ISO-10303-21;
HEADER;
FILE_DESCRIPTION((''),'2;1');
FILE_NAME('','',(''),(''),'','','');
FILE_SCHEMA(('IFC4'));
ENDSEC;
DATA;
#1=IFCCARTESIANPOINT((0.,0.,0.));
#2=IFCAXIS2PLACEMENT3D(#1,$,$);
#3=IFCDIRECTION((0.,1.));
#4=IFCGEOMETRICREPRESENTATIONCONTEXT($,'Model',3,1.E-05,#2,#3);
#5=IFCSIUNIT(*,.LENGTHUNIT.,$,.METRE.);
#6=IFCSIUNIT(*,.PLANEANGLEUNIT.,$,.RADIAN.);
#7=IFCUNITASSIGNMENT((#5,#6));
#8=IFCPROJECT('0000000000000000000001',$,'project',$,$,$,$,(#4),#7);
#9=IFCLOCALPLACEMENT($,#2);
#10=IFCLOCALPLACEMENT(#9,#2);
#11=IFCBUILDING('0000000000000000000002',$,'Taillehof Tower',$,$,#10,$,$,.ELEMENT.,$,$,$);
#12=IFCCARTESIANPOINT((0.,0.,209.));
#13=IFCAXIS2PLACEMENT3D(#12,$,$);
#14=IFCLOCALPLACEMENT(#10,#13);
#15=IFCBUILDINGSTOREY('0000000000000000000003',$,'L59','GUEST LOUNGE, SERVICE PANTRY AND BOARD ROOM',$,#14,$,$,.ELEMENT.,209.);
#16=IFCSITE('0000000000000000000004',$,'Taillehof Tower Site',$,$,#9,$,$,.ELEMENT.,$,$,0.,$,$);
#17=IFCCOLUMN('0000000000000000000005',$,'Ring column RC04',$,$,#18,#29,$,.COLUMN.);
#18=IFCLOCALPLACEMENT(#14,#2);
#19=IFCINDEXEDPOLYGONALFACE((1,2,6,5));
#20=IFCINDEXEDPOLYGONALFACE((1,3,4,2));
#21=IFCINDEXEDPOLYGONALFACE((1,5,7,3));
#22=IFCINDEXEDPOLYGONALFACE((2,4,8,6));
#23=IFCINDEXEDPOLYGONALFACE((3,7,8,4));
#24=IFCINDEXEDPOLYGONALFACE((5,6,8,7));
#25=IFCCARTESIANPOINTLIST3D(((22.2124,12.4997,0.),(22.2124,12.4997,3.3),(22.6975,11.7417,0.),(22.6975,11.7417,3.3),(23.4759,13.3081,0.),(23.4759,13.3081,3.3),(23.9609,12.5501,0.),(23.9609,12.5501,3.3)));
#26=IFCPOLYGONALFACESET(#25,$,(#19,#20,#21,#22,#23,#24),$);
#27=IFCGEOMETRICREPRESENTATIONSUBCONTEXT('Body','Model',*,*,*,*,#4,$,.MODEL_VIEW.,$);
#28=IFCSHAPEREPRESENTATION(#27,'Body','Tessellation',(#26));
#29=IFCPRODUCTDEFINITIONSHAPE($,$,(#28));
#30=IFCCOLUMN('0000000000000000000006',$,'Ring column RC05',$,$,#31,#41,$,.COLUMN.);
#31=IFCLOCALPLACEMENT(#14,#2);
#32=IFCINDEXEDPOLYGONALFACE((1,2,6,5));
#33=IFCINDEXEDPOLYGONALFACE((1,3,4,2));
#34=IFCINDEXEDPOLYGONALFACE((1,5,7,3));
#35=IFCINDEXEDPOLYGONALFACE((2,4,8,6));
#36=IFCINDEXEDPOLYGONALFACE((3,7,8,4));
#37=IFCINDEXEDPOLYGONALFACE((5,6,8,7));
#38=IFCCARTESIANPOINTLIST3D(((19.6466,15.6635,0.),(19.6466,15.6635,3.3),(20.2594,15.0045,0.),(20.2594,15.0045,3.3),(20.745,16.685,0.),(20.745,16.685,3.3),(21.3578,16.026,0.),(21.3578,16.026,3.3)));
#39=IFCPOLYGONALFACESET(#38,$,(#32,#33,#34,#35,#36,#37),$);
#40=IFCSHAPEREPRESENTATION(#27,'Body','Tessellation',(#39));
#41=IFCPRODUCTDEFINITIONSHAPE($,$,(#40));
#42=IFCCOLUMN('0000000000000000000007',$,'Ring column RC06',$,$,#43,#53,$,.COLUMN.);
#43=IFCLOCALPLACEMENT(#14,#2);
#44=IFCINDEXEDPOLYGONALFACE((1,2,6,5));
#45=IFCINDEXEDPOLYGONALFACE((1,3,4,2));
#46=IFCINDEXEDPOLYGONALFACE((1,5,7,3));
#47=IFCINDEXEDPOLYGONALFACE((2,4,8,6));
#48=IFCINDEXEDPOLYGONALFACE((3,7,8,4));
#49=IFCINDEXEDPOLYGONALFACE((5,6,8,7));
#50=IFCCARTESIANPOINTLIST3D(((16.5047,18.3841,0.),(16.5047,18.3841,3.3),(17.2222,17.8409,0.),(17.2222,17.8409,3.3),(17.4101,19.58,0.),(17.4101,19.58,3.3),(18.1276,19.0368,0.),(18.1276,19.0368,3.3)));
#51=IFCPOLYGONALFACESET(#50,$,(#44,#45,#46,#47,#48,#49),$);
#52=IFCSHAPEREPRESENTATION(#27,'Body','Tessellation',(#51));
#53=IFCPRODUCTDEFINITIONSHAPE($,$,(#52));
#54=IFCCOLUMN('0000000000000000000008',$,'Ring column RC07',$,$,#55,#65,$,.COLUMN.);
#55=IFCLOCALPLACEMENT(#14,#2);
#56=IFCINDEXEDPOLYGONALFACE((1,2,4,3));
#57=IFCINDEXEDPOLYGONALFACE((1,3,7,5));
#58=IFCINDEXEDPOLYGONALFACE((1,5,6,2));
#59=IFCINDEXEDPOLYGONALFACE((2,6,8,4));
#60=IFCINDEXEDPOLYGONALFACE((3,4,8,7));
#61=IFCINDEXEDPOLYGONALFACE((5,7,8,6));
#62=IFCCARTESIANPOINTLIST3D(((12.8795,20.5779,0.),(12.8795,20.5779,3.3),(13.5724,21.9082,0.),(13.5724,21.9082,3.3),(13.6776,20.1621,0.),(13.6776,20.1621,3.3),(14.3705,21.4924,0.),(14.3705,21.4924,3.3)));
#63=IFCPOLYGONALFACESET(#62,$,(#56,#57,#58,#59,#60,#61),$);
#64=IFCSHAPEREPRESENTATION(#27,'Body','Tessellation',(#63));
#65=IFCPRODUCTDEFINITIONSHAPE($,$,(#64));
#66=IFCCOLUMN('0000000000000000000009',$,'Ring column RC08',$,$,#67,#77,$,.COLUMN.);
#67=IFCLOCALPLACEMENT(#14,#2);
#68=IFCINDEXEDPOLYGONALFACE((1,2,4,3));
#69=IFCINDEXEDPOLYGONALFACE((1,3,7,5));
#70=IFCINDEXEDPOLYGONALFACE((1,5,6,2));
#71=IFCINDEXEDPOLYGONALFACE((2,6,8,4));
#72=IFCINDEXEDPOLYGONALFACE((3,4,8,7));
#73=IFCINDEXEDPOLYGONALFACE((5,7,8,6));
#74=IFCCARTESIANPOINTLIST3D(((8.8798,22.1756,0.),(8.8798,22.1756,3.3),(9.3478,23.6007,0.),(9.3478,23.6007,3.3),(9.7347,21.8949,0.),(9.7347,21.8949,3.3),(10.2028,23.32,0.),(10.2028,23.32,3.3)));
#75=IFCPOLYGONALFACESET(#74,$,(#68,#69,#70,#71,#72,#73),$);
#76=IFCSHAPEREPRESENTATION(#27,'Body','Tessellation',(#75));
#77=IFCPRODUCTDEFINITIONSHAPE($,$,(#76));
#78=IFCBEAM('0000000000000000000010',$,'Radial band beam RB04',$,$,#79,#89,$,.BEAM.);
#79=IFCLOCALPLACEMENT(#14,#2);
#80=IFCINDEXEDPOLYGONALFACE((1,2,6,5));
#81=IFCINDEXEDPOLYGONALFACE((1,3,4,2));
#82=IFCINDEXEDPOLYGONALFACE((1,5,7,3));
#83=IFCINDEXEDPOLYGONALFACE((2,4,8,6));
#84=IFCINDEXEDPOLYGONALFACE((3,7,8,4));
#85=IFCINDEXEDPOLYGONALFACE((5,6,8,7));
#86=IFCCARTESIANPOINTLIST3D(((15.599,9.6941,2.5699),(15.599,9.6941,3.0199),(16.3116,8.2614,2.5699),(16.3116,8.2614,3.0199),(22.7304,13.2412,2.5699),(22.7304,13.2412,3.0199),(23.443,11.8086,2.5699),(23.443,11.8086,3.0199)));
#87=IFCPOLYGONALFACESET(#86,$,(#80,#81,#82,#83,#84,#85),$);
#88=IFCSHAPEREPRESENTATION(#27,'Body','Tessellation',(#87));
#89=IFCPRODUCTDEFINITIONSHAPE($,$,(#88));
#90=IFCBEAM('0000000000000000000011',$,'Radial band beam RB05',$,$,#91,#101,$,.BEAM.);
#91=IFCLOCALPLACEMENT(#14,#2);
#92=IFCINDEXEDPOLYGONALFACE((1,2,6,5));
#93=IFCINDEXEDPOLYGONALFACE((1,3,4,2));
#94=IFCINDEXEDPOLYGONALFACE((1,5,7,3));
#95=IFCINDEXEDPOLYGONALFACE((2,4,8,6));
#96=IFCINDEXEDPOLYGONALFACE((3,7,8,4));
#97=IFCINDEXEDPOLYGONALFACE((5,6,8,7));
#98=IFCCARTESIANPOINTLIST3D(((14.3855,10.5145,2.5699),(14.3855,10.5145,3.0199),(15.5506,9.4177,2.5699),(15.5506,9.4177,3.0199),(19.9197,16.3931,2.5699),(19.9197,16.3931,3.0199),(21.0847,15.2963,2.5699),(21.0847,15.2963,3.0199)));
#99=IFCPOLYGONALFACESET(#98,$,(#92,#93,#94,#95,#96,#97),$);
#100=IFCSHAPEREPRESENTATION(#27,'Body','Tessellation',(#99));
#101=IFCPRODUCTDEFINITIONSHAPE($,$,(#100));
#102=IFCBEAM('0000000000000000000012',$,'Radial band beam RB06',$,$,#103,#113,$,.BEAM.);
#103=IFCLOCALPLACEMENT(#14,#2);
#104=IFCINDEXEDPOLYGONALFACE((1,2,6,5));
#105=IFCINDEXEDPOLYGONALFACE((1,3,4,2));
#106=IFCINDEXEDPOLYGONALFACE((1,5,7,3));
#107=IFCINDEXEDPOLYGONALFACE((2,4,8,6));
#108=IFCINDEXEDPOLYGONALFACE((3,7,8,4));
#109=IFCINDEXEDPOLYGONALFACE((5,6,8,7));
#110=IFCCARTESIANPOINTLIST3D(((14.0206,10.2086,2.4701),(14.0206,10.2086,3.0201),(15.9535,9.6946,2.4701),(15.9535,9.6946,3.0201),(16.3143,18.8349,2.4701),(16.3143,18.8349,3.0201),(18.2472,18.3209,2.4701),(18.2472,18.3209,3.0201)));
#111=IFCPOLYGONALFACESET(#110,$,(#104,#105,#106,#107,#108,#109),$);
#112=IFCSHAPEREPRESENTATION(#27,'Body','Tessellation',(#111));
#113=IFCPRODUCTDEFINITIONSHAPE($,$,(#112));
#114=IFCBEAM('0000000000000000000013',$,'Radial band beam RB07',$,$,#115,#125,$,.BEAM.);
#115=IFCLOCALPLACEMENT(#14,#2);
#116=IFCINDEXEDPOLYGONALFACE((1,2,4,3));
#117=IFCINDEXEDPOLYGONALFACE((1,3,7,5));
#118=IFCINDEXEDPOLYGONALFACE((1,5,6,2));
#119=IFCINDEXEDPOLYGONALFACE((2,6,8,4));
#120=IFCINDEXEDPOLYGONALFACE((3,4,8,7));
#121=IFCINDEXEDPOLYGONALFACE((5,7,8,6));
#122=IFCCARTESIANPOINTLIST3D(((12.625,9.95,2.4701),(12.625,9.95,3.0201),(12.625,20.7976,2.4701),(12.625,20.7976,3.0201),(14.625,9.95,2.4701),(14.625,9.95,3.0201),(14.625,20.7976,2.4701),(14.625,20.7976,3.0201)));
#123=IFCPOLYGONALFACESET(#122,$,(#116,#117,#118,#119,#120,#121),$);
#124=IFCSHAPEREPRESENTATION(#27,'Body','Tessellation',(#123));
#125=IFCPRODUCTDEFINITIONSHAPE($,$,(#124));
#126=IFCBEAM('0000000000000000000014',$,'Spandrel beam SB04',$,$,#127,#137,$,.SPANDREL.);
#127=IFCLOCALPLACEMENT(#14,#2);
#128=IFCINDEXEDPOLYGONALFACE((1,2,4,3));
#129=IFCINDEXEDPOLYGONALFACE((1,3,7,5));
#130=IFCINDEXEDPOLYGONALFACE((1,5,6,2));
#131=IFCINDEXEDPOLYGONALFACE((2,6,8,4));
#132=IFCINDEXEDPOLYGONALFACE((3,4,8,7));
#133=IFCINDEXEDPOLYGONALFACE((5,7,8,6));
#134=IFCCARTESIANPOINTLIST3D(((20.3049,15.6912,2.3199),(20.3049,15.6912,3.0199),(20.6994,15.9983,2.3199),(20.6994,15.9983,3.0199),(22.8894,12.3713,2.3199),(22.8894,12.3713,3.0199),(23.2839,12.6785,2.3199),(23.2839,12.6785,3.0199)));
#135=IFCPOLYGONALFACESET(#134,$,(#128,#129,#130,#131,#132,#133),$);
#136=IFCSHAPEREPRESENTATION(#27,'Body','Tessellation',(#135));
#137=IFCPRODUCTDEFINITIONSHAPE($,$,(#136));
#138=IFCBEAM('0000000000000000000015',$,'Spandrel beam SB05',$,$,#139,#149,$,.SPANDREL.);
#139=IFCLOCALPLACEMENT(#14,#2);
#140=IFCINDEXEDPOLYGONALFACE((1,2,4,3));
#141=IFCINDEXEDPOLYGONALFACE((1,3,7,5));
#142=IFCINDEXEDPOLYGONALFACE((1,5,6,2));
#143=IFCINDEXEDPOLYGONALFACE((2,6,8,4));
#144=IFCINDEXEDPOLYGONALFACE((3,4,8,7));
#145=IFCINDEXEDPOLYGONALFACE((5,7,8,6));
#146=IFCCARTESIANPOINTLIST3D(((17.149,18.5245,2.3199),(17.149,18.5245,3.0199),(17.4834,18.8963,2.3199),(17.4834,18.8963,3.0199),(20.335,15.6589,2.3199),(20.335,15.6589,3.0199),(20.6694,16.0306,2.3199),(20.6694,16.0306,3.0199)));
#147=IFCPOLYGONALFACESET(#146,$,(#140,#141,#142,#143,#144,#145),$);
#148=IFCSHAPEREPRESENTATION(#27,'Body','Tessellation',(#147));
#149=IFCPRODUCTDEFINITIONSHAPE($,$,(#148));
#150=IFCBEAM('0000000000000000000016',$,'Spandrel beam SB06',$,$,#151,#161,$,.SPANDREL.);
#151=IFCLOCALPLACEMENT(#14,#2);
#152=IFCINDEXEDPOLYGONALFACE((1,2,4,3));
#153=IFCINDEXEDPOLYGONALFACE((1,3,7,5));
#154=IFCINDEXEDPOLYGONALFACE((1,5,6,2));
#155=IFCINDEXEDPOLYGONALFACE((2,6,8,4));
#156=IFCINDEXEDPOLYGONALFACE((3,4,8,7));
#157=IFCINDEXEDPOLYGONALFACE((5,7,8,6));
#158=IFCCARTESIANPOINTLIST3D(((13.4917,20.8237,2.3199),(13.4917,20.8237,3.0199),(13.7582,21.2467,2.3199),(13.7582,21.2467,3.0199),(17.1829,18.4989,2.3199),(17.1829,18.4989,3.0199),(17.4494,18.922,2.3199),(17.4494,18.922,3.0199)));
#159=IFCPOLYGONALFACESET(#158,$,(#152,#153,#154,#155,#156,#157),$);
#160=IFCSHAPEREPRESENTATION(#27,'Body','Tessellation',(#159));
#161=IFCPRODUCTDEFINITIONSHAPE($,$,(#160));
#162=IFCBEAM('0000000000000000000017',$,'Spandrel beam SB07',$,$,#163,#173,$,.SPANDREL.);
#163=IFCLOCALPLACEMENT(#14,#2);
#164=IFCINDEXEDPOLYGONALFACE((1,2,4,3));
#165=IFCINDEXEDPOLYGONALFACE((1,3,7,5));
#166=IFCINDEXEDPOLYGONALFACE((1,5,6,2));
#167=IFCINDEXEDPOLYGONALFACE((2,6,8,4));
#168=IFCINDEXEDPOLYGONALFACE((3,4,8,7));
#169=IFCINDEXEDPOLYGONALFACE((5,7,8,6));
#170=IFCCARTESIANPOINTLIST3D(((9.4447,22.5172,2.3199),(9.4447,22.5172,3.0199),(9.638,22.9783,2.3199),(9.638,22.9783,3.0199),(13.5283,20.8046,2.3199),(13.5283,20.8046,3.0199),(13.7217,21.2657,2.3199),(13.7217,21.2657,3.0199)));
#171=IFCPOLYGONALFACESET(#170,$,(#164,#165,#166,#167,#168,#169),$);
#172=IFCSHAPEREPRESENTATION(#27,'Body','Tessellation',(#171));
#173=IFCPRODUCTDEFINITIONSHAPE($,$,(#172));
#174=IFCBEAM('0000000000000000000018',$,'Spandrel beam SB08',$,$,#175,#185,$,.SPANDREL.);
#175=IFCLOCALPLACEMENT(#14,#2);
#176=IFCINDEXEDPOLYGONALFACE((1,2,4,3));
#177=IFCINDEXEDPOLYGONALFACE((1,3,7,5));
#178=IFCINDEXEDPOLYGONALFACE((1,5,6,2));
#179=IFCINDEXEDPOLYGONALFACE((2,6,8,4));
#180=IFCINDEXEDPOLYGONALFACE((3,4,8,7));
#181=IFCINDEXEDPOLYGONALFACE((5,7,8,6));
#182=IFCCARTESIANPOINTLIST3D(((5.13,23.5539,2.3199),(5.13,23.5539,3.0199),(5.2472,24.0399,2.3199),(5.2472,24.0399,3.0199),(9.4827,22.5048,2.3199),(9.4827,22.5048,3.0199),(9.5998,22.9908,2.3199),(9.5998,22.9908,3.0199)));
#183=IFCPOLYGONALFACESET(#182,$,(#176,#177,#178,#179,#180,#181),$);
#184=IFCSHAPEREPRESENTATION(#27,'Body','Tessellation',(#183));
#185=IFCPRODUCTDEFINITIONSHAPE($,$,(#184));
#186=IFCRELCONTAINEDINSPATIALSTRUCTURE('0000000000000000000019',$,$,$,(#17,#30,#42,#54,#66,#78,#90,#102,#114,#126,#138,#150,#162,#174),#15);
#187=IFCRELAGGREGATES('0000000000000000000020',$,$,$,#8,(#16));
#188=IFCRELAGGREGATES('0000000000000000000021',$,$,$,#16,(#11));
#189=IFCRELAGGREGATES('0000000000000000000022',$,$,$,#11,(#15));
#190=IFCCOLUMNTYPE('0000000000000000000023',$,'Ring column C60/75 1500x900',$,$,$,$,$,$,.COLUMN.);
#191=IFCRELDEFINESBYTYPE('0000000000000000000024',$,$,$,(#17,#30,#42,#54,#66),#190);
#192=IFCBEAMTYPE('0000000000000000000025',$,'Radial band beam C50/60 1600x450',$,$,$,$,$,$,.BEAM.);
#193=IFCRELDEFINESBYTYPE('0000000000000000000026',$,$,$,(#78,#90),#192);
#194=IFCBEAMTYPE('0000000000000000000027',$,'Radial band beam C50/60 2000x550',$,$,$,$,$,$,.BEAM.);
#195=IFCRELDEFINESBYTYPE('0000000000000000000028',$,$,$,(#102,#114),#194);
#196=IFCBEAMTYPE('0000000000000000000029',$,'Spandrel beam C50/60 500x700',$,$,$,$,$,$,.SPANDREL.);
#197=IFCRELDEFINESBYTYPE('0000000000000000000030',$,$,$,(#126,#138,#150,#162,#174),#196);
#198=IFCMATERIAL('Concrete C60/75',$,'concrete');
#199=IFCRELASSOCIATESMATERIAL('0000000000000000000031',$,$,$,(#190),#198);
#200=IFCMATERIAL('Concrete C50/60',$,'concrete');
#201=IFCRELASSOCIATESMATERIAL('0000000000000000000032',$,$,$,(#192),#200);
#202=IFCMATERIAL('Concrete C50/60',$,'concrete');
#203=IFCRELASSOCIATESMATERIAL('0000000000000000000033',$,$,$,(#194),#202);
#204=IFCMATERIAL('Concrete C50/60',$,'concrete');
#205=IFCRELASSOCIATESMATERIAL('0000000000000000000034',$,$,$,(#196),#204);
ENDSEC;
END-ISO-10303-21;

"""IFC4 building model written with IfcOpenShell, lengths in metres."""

from ifc_helpers import new_model, si_unit, direction, frame, origin, origin_2d, place, context, subcontext, project, spatial, rectangle, extrude, material, material_profile, profile_set, type_object, element, save


model = new_model("IFC4")

# Units and contexts
model_context = context("Model", 3, precision=1e-05, world=origin(), true_north=direction((0.0, 1.0)))
body_context = subcontext(model_context, "Body", "Model", "MODEL_VIEW")
ifc_project = project(units=[si_unit("LENGTHUNIT", "METRE"), si_unit("PLANEANGLEUNIT", "RADIAN")], contexts=[model_context])

# Site, building, storey
site_placement = place(None, origin())
site = spatial("IfcSite", under=ifc_project, at=site_placement, Name="Taillehof Tower Site", CompositionType="ELEMENT", RefElevation=0.0)
building_placement = place(site_placement, origin())
building = spatial("IfcBuilding", under=site, at=building_placement, Name="Taillehof Tower", CompositionType="ELEMENT")
storey_placement = place(building_placement, frame((0.0, 0.0, 209.0)))
storey = spatial("IfcBuildingStorey", under=building, at=storey_placement, Name="L59", Description="GUEST LOUNGE, SERVICE PANTRY AND BOARD ROOM", CompositionType="ELEMENT", Elevation=209.0)

# Columns
ifc_material_1 = material(Name="Concrete C60/75", Category="concrete")
ifc_material_profile_1 = material_profile(ifc_material_1, rectangle(XDim=1.5, YDim=0.8999, at=origin_2d()), Name="RC 1500x900")
ifc_profile_set_1 = profile_set([ifc_material_profile_1], Name="Concrete C60/75")
column_type = type_object("IfcColumnType", Name="Ring column C60/75 1500x900", PredefinedType="COLUMN", material=ifc_profile_set_1)
for number, where, z_axis, x_axis, name in (
    (1, (23.0867, 12.5249, 0.0), (0.0, 0.0, 1.0), (0.842311, 0.538992, 0.0), "Ring column RC04"),
    (2, (20.5022, 15.8447, 0.0), (0.0, 0.0, 1.0), (0.732271, 0.681013, 0.0), "Ring column RC05"),
    (3, (17.3162, 18.7104, 0.0), (0.0, 0.0, 1.0), (0.603608, 0.797281, 0.0), "Ring column RC06"),
    (4, (13.625, 21.0352, 0.0), (0.0, 0.0, 1.0), (0.461993, 0.886883, 0.0), "Ring column RC07"),
    (5, (9.5413, 22.7478, 0.0), (0.0, 0.0, 1.0), (0.312001, 0.950082, 0.0), "Ring column RC08"),
):
    element("IfcColumn", number, at=place(storey_placement, frame(where, z_axis=z_axis, x_axis=x_axis)), inside=storey, type_object=column_type, Name=name, PredefinedType="COLUMN", context=body_context, shape_type="SweptSolid", body=[
        extrude(rectangle(XDim=1.5, YDim=0.8999, at=origin_2d()), origin(), (0.0, 0.0, 1.0), 3.3),
    ])

# Beams
ifc_material_2 = material(Name="Concrete C50/60", Category="concrete")
ifc_material_profile_2 = material_profile(ifc_material_2, rectangle(XDim=1.6001, YDim=0.45, at=origin_2d()), Name="RC 1600x450")
ifc_profile_set_2 = profile_set([ifc_material_profile_2], Name="Concrete C50/60")
beam_type_1 = type_object("IfcBeamType", Name="Radial band beam C50/60 1600x450", PredefinedType="BEAM", material=ifc_profile_set_2)
beam_1_placement = place(storey_placement, frame((23.0867, 12.5249, 2.7949), z_axis=(-0.895357, -0.445349, 0.0), x_axis=(0.445349, -0.895357, 0.0)))
element("IfcBeam", 6, at=beam_1_placement, inside=storey, type_object=beam_type_1, Name="Radial band beam RB04", PredefinedType="BEAM", context=body_context, shape_type="SweptSolid", body=[
    extrude(rectangle(XDim=1.6001, YDim=0.45, at=origin_2d()), origin(), (0.0, 0.0, 1.0), 7.9648),
])
beam_2_placement = place(storey_placement, frame((20.5022, 15.8447, 2.7949), z_axis=(-0.685451, -0.728118, 0.0), x_axis=(0.728118, -0.685451, 0.0)))
element("IfcBeam", 7, at=beam_2_placement, inside=storey, type_object=beam_type_1, Name="Radial band beam RB05", PredefinedType="BEAM", context=body_context, shape_type="SweptSolid", body=[
    extrude(rectangle(XDim=1.6001, YDim=0.45, at=origin_2d()), origin(), (0.0, 0.0, 1.0), 8.0737),
])
ifc_material_3 = material(Name="Concrete C50/60", Category="concrete")
ifc_material_profile_3 = material_profile(ifc_material_3, rectangle(XDim=2.0, YDim=0.55, at=origin_2d()), Name="RC 2000x550")
ifc_profile_set_3 = profile_set([ifc_material_profile_3], Name="Concrete C50/60")
beam_type_2 = type_object("IfcBeamType", Name="Radial band beam C50/60 2000x550", PredefinedType="BEAM", material=ifc_profile_set_3)
beam_3_placement = place(storey_placement, frame((17.2808, 18.5779, 2.7451), z_axis=(-0.25697, -0.966419, 0.0), x_axis=(0.966419, -0.25697, 0.0)))
element("IfcBeam", 8, at=beam_3_placement, inside=storey, type_object=beam_type_2, Name="Radial band beam RB06", PredefinedType="BEAM", context=body_context, shape_type="SweptSolid", body=[
    extrude(rectangle(XDim=2.0, YDim=0.55, at=origin_2d()), origin(), (0.0, 0.0, 1.0), 8.926),
])
beam_4_placement = place(storey_placement, frame((13.625, 20.7976, 2.7451), z_axis=(0.0, -1.0, 0.0), x_axis=(1.0, 0.0, 0.0)))
element("IfcBeam", 9, at=beam_4_placement, inside=storey, type_object=beam_type_2, Name="Radial band beam RB07", PredefinedType="BEAM", context=body_context, shape_type="SweptSolid", body=[
    extrude(rectangle(XDim=2.0, YDim=0.55, at=origin_2d()), origin(), (0.0, 0.0, 1.0), 10.8477),
])
ifc_material_4 = material(Name="Concrete C50/60", Category="concrete")
ifc_material_profile_4 = material_profile(ifc_material_4, rectangle(XDim=0.5, YDim=0.7, at=origin_2d()), Name="RC 500x700")
ifc_profile_set_4 = profile_set([ifc_material_profile_4], Name="Concrete C50/60")
beam_type_3 = type_object("IfcBeamType", Name="Spandrel beam C50/60 500x700", PredefinedType="SPANDREL", material=ifc_profile_set_4)
beam_5_placement = place(storey_placement, frame((23.0867, 12.5249, 2.6699), z_axis=(-0.614294, 0.789077, 0.0), x_axis=(-0.789077, -0.614294, 0.0)))
element("IfcBeam", 10, at=beam_5_placement, inside=storey, type_object=beam_type_3, Name="Spandrel beam SB04", PredefinedType="SPANDREL", context=body_context, shape_type="SweptSolid", body=[
    extrude(rectangle(XDim=0.5, YDim=0.7, at=origin_2d()), origin(), (0.0, 0.0, 1.0), 4.2073),
])
beam_6_placement = place(storey_placement, frame((20.5022, 15.8447, 2.6699), z_axis=(-0.743492, 0.668744, 0.0), x_axis=(-0.668744, -0.743492, 0.0)))
element("IfcBeam", 11, at=beam_6_placement, inside=storey, type_object=beam_type_3, Name="Spandrel beam SB05", PredefinedType="SPANDREL", context=body_context, shape_type="SweptSolid", body=[
    extrude(rectangle(XDim=0.5, YDim=0.7, at=origin_2d()), origin(), (0.0, 0.0, 1.0), 4.2852),
])
beam_7_placement = place(storey_placement, frame((17.3162, 18.7104, 2.6699), z_axis=(-0.846166, 0.532919, 0.0), x_axis=(-0.532919, -0.846166, 0.0)))
element("IfcBeam", 12, at=beam_7_placement, inside=storey, type_object=beam_type_3, Name="Spandrel beam SB06", PredefinedType="SPANDREL", context=body_context, shape_type="SweptSolid", body=[
    extrude(rectangle(XDim=0.5, YDim=0.7, at=origin_2d()), origin(), (0.0, 0.0, 1.0), 4.3623),
])
beam_8_placement = place(storey_placement, frame((13.625, 21.0352, 2.6699), z_axis=(-0.922186, 0.386748, 0.0), x_axis=(-0.386748, -0.922186, 0.0)))
element("IfcBeam", 13, at=beam_8_placement, inside=storey, type_object=beam_type_3, Name="Spandrel beam SB07", PredefinedType="SPANDREL", context=body_context, shape_type="SweptSolid", body=[
    extrude(rectangle(XDim=0.5, YDim=0.7, at=origin_2d()), origin(), (0.0, 0.0, 1.0), 4.4282),
])
beam_9_placement = place(storey_placement, frame((9.5413, 22.7478, 2.6699), z_axis=(-0.972161, 0.234315, 0.0), x_axis=(-0.234315, -0.972161, 0.0)))
element("IfcBeam", 14, at=beam_9_placement, inside=storey, type_object=beam_type_3, Name="Spandrel beam SB08", PredefinedType="SPANDREL", context=body_context, shape_type="SweptSolid", body=[
    extrude(rectangle(XDim=0.5, YDim=0.7, at=origin_2d()), origin(), (0.0, 0.0, 1.0), 4.4773),
])

save(model, "model.ifc")
